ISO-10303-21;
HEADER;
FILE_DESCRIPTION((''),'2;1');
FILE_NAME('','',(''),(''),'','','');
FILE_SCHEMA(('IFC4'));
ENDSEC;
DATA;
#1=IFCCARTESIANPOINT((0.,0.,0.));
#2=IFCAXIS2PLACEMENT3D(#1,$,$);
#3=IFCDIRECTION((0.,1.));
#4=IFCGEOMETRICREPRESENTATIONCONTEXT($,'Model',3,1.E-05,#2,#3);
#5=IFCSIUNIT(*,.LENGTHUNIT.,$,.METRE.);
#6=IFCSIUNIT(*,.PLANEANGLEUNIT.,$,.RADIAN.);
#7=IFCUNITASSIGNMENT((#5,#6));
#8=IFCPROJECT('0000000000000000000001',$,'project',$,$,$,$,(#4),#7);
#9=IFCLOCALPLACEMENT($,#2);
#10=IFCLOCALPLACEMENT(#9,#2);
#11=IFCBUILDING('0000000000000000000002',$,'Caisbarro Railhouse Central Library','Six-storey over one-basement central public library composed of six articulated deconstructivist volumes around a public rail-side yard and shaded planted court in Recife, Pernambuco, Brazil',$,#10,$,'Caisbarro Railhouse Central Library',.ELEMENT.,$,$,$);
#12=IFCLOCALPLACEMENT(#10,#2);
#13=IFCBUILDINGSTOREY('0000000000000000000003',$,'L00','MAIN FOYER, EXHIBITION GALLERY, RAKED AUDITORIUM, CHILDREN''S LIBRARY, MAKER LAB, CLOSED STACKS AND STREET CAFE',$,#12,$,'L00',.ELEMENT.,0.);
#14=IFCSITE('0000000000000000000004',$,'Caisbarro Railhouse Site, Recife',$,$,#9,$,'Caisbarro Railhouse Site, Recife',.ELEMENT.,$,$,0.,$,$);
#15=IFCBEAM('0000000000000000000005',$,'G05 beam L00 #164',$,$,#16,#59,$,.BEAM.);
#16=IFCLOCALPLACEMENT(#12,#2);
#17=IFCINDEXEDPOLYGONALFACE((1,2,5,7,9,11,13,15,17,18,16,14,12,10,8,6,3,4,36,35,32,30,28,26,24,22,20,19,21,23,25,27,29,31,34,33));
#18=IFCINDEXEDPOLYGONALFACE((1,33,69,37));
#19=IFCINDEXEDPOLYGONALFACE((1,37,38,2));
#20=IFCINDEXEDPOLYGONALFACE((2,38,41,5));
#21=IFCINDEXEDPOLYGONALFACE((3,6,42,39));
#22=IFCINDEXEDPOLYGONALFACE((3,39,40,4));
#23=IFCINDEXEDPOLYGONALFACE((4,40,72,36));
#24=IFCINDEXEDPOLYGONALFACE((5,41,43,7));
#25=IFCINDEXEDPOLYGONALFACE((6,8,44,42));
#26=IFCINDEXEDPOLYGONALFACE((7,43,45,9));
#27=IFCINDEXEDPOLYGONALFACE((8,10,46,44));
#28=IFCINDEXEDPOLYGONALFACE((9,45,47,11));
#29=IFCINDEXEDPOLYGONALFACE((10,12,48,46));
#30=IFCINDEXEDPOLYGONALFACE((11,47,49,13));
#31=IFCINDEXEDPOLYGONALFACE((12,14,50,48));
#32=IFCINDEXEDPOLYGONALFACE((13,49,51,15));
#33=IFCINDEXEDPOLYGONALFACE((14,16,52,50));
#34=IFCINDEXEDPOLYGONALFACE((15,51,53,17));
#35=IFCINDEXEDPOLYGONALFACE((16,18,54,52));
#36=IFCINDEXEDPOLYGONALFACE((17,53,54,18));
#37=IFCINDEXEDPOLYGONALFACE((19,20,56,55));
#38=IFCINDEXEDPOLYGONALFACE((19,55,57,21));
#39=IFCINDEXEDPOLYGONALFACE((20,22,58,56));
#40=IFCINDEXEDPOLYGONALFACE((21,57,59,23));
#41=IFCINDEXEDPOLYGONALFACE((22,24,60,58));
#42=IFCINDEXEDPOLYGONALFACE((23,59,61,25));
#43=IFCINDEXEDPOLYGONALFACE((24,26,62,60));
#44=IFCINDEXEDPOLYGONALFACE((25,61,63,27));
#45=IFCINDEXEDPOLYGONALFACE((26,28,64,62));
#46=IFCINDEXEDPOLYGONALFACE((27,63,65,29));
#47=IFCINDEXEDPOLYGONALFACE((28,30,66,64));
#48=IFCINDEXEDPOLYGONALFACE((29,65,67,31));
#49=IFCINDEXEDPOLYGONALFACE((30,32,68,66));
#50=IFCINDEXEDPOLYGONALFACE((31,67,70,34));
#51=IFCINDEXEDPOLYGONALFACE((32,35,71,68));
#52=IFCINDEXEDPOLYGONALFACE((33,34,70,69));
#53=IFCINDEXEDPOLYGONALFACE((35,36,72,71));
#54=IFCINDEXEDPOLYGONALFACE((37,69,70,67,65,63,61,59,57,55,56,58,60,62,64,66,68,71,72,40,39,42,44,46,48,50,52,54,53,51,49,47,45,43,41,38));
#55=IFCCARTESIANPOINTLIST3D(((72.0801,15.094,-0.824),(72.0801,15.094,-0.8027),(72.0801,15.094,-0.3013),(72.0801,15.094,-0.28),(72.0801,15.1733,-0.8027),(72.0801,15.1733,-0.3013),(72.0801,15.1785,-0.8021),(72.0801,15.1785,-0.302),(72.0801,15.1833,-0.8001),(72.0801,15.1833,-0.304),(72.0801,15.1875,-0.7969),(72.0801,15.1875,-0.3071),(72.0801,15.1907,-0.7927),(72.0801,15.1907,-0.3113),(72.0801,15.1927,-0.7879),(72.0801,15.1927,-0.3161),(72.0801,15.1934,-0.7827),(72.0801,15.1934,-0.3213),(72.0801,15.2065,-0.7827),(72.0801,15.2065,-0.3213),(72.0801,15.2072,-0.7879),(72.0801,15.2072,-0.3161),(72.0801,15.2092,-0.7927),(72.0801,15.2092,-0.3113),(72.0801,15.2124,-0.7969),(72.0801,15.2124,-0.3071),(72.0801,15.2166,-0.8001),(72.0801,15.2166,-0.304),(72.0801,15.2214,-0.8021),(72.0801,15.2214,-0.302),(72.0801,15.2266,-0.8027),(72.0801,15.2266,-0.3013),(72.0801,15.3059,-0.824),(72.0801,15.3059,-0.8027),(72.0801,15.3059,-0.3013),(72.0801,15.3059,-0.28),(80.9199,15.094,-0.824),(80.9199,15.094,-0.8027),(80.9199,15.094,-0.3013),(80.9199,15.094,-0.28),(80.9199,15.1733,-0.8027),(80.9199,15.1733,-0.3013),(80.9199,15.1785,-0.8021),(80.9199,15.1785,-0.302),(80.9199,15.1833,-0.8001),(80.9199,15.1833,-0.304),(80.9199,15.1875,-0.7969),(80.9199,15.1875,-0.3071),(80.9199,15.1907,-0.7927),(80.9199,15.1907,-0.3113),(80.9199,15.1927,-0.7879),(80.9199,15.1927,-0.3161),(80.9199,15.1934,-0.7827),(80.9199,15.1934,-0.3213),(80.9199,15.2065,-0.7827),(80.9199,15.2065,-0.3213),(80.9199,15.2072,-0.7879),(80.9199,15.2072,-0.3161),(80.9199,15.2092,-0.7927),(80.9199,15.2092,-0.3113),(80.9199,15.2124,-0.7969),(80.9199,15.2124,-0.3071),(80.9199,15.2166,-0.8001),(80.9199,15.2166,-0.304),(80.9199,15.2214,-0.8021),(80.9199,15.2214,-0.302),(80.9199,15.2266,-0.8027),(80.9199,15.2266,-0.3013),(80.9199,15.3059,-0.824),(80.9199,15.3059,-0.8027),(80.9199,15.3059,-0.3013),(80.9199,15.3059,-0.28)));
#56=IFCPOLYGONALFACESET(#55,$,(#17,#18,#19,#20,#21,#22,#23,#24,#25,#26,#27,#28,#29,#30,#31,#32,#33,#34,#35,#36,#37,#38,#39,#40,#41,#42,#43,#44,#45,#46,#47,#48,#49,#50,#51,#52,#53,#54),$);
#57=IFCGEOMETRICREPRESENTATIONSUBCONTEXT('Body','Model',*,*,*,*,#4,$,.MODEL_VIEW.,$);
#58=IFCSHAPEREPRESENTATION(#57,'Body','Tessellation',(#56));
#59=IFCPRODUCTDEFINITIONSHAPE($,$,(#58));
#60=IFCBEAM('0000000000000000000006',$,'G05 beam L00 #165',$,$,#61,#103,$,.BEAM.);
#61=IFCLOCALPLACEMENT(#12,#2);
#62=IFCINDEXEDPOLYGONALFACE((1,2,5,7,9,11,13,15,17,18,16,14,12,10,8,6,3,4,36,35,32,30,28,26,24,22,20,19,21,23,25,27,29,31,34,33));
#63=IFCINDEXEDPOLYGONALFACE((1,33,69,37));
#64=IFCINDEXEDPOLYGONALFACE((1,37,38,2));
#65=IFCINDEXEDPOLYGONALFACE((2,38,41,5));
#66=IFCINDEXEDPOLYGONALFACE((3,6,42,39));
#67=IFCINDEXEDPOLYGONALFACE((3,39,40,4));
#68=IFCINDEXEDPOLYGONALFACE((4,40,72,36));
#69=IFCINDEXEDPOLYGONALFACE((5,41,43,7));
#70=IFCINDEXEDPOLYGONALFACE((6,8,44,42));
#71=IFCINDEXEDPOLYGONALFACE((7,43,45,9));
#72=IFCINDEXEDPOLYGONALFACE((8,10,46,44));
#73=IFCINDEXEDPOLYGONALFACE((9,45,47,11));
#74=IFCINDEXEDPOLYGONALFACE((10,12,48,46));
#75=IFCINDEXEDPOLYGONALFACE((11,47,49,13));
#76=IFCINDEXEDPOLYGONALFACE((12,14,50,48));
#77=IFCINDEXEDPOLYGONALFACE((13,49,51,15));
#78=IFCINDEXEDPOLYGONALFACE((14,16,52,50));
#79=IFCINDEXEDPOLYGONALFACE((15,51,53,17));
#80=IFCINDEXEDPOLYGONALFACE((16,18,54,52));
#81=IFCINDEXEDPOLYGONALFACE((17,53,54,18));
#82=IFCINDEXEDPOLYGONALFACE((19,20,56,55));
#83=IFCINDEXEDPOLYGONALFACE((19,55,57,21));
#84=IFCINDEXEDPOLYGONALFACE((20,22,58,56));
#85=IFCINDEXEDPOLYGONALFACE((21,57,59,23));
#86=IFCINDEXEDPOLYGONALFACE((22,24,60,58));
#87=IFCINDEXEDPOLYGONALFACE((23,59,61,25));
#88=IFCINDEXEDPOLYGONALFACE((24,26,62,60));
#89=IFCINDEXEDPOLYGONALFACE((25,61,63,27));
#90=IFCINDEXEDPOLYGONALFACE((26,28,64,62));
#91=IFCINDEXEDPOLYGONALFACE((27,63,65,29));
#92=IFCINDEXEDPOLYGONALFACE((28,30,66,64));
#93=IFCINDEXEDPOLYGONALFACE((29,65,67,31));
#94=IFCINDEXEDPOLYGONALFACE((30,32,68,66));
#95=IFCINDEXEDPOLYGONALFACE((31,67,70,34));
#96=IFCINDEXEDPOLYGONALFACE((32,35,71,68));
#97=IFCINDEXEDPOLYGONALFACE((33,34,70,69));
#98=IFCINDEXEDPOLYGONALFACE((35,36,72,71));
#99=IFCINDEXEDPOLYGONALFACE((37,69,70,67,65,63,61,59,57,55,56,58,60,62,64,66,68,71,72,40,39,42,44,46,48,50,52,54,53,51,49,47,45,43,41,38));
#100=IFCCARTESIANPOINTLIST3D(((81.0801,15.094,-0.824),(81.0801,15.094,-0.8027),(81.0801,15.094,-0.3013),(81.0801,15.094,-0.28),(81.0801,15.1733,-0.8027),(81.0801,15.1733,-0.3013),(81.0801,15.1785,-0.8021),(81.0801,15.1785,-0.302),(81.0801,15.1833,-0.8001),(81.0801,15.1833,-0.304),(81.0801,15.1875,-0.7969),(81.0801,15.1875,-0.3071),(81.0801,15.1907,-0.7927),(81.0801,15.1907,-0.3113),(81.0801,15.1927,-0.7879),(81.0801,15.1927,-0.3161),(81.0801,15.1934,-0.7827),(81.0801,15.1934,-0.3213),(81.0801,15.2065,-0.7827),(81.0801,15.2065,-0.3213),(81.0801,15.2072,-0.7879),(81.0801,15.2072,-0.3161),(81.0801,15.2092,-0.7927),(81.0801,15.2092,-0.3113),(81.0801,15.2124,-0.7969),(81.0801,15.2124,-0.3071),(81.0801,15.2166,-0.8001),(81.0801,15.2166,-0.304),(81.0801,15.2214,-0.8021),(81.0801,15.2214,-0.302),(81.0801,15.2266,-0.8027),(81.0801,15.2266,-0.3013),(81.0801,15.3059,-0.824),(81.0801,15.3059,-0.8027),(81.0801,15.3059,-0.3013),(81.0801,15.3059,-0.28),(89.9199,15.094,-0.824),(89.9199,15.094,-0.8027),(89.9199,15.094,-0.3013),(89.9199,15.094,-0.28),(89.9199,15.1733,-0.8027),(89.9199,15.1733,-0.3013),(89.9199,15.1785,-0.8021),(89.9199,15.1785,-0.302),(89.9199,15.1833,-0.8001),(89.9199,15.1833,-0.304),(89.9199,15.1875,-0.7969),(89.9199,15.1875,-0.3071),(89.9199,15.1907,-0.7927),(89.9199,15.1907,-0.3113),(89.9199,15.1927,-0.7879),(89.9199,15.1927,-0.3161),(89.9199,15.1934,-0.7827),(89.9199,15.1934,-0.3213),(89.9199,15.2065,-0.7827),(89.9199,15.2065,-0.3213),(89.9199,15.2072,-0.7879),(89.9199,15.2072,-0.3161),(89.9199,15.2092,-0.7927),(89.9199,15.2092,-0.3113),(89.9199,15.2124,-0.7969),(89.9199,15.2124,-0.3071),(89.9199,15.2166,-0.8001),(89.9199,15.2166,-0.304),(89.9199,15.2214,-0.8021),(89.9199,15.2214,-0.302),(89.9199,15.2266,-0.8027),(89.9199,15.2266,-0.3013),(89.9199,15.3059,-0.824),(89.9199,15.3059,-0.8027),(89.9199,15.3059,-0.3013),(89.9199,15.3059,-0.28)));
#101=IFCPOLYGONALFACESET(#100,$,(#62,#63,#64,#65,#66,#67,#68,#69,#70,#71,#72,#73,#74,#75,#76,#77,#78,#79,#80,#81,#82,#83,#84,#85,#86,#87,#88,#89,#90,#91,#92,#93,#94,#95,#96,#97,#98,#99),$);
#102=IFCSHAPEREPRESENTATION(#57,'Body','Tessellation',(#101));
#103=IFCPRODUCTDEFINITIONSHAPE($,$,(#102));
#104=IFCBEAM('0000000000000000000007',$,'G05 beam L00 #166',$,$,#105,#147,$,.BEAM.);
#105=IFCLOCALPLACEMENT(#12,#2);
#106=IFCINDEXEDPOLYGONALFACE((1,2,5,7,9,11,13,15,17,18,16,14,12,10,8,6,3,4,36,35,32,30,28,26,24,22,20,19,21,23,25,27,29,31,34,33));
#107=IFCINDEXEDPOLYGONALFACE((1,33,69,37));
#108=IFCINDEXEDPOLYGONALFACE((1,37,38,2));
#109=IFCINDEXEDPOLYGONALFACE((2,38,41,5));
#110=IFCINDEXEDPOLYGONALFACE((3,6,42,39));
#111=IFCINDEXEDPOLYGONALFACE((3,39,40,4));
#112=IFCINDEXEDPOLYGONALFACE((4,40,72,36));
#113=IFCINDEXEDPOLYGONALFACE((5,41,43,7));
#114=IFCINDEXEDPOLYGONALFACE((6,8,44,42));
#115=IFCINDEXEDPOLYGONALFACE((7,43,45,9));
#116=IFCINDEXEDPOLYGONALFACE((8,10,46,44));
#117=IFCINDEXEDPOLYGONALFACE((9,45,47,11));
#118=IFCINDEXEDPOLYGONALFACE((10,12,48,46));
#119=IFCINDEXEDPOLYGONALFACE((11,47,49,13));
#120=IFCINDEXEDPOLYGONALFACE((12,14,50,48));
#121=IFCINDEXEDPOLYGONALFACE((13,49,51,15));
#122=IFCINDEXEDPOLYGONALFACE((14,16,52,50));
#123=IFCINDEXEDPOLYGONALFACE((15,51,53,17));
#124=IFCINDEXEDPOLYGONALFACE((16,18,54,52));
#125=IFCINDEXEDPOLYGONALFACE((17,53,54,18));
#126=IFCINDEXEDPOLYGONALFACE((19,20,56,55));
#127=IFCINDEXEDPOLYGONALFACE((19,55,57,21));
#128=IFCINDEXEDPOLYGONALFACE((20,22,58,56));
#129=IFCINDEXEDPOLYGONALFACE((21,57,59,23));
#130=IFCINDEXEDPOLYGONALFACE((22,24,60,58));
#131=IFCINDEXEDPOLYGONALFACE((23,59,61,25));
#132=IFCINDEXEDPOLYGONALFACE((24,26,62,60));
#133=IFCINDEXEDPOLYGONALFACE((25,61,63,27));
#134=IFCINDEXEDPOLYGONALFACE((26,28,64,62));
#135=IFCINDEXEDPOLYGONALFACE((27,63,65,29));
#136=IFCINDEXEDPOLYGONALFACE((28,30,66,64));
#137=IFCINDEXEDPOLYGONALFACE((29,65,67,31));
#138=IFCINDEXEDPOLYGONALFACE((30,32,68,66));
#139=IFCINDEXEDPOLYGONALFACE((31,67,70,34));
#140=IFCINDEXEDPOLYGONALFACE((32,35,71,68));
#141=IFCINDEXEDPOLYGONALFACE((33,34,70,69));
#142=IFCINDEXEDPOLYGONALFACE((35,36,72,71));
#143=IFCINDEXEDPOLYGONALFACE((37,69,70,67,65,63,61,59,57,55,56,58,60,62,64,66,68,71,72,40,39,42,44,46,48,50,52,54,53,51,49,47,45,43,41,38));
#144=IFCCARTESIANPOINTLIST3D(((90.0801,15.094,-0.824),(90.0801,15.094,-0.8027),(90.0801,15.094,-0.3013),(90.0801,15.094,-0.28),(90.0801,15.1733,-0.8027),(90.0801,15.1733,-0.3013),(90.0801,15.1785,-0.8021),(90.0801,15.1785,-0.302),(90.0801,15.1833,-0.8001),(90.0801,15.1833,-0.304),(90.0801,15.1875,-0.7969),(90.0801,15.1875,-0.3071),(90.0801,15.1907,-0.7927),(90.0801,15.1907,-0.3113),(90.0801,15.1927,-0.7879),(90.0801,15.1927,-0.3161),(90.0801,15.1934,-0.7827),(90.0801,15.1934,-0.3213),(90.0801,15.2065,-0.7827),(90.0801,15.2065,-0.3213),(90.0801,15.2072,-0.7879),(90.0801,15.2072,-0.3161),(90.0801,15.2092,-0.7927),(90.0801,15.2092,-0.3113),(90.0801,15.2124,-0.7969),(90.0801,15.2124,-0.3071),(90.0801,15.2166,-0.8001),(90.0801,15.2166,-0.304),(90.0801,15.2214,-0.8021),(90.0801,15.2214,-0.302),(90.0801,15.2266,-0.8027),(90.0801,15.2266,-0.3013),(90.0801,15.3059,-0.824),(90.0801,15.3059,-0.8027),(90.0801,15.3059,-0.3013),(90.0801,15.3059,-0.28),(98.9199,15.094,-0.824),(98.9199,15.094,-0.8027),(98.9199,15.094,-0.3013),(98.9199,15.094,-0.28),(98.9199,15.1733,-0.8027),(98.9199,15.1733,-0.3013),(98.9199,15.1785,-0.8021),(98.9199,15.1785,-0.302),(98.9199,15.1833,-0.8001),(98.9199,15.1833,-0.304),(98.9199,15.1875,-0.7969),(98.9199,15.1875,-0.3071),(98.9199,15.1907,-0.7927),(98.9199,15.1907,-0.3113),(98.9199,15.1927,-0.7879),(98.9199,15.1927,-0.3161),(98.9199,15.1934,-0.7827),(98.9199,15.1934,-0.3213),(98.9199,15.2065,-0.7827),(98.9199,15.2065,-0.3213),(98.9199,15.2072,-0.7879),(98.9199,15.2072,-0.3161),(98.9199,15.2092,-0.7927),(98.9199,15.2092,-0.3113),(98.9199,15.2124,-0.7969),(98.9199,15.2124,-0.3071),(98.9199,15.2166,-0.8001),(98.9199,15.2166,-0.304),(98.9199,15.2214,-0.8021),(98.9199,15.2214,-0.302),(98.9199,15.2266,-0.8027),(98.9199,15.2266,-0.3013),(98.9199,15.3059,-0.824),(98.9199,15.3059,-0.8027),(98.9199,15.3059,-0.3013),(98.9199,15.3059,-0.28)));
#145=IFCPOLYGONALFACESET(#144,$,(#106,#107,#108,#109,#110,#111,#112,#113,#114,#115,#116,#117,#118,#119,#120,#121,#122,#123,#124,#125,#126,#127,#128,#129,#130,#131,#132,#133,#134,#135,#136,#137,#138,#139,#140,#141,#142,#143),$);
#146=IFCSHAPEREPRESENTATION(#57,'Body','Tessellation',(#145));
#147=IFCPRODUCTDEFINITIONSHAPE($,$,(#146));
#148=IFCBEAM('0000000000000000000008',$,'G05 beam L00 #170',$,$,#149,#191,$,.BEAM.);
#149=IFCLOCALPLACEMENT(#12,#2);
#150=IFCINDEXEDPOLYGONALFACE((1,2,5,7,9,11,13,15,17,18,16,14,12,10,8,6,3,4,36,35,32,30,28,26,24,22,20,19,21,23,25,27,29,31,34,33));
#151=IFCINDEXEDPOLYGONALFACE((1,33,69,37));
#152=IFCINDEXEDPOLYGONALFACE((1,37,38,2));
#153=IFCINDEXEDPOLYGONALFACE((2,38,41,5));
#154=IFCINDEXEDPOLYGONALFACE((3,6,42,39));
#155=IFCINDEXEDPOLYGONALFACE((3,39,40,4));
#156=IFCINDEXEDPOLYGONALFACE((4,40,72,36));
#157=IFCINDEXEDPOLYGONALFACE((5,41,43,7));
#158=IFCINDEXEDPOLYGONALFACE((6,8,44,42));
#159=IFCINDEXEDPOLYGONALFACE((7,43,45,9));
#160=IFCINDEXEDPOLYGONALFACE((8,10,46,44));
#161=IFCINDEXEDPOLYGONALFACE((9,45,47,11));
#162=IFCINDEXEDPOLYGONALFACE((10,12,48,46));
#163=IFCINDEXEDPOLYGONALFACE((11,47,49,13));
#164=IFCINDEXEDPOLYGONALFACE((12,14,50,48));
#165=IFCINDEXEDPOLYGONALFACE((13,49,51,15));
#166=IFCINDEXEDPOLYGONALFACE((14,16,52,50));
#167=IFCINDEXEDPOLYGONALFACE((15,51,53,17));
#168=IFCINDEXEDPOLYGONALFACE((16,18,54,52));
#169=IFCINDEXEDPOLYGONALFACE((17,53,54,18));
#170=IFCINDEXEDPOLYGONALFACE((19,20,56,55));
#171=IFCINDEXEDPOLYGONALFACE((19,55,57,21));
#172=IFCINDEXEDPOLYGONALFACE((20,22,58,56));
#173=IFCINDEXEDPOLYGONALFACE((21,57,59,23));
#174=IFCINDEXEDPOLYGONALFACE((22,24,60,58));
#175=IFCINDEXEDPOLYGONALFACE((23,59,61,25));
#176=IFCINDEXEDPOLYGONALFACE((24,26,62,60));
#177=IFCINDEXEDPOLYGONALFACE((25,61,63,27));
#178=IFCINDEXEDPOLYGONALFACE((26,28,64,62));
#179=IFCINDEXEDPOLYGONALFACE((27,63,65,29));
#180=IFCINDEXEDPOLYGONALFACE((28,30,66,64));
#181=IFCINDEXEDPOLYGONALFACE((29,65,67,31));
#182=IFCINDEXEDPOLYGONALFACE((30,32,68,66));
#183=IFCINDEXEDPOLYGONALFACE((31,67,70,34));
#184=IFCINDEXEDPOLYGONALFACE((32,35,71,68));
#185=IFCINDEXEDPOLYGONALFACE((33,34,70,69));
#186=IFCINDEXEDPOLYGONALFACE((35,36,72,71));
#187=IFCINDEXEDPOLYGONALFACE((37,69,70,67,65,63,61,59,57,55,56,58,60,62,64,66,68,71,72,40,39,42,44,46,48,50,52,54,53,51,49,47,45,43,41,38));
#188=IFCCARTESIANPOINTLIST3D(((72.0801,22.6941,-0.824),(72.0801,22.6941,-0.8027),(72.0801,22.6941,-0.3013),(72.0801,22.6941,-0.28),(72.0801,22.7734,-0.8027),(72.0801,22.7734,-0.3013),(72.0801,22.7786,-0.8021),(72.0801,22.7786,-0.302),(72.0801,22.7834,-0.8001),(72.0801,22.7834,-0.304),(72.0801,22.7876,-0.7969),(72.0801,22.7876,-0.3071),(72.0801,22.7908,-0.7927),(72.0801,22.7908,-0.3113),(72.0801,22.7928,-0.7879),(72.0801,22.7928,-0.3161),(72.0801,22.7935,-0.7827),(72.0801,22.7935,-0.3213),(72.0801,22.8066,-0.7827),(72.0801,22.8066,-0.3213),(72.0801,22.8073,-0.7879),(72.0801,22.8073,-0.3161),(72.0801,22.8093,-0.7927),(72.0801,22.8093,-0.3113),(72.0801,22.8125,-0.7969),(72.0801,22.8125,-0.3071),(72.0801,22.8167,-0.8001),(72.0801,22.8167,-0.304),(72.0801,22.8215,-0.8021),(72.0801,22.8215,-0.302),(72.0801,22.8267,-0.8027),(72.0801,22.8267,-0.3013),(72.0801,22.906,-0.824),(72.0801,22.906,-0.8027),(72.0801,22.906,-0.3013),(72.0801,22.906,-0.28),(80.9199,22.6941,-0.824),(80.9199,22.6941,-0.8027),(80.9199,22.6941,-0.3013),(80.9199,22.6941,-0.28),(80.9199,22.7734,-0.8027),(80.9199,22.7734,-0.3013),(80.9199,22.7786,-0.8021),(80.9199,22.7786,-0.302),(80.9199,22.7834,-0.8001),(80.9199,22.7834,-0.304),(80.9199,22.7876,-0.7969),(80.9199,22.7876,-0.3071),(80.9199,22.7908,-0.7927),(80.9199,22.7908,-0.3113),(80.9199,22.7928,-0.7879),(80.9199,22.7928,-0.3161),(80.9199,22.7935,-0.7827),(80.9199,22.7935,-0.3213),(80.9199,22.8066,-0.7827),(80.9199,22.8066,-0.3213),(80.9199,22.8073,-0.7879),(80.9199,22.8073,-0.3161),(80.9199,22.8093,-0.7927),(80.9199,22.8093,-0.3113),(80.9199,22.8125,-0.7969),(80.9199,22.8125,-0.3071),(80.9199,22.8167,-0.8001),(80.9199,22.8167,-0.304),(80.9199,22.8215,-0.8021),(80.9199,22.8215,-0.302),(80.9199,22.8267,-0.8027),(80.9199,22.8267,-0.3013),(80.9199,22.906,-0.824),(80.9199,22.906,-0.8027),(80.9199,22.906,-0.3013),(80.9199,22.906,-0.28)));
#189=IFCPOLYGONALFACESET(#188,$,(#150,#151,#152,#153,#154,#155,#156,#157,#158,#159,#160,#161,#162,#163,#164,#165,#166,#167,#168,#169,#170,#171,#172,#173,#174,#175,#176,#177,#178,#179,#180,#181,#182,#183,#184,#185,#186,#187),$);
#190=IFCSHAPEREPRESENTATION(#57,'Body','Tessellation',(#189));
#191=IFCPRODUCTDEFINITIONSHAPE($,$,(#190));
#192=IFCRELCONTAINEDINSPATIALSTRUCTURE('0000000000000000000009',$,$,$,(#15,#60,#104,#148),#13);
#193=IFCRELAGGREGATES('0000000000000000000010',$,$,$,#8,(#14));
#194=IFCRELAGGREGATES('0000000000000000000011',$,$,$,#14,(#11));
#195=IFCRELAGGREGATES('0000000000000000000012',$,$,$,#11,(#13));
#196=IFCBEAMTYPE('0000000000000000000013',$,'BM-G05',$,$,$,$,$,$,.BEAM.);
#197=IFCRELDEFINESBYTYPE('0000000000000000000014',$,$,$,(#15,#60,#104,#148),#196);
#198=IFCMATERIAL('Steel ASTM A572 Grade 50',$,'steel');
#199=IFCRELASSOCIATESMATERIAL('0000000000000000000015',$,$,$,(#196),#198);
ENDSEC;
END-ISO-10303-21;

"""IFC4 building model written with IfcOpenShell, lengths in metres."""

from ifc_helpers import new_model, si_unit, direction, frame, origin, origin_2d, place, context, subcontext, project, spatial, i_section, extrude, material, material_profile, profile_set, type_object, element, save


model = new_model("IFC4")

# Units and contexts
model_context = context("Model", 3, precision=1e-05, world=origin(), true_north=direction((0.0, 1.0)))
body_context = subcontext(model_context, "Body", "Model", "MODEL_VIEW")
ifc_project = project(units=[si_unit("LENGTHUNIT", "METRE"), si_unit("PLANEANGLEUNIT", "RADIAN")], contexts=[model_context])

# Site, building, storey
site_placement = place(None, origin())
site = spatial("IfcSite", under=ifc_project, at=site_placement, Name="Caisbarro Railhouse Site, Recife", LongName="Caisbarro Railhouse Site, Recife", CompositionType="ELEMENT", RefElevation=0.0)
building_placement = place(site_placement, origin())
building = spatial("IfcBuilding", under=site, at=building_placement, Name="Caisbarro Railhouse Central Library", Description="Six-storey over one-basement central public library composed of six articulated deconstructivist volumes around a public rail-side yard and shaded planted court in Recife, Pernambuco, Brazil", LongName="Caisbarro Railhouse Central Library", CompositionType="ELEMENT")
storey_placement = place(building_placement, origin())
storey = spatial("IfcBuildingStorey", under=building, at=storey_placement, Name="L00", Description="MAIN FOYER, EXHIBITION GALLERY, RAKED AUDITORIUM, CHILDREN'S LIBRARY, MAKER LAB, CLOSED STACKS AND STREET CAFE", LongName="L00", CompositionType="ELEMENT", Elevation=0.0)

# Shared definitions
ifc_material_1 = material(Name="Steel ASTM A572 Grade 50", Category="steel")

# Beams
ifc_material_profile_1 = material_profile(ifc_material_1, i_section(OverallWidth=0.2119, OverallDepth=0.5439, WebThickness=0.0132, FlangeThickness=0.0212, FilletRadius=0.02, at=origin_2d()), Name="W530X123.0")
ifc_profile_set_1 = profile_set([ifc_material_profile_1], Name="Steel ASTM A572 Grade 50")
beam_type_1 = type_object("IfcBeamType", Name="BM-G05", PredefinedType="BEAM", material=ifc_profile_set_1)
for number, where, z_axis, x_axis, name in (
    (1, (72.0801, 15.2, -0.552), (1.0, 0.0, 0.0), (0.0, 1.0, 0.0), "G05 beam L00 #164"),
    (2, (81.0801, 15.2, -0.552), (1.0, 0.0, 0.0), (0.0, 1.0, 0.0), "G05 beam L00 #165"),
    (3, (90.0801, 15.2, -0.552), (1.0, 0.0, 0.0), (0.0, 1.0, 0.0), "G05 beam L00 #166"),
    (4, (72.0801, 22.8, -0.552), (1.0, 0.0, 0.0), (0.0, 1.0, 0.0), "G05 beam L00 #170"),
):
    element("IfcBeam", number, at=place(storey_placement, frame(where, z_axis=z_axis, x_axis=x_axis)), inside=storey, type_object=beam_type_1, Name=name, PredefinedType="BEAM", context=body_context, shape_type="SweptSolid", body=[
        extrude(i_section(OverallWidth=0.2119, OverallDepth=0.5439, WebThickness=0.0132, FlangeThickness=0.0212, FilletRadius=0.02, at=origin_2d()), origin(), (0.0, 0.0, 1.0), 8.8398),
    ])

save(model, "model.ifc")
